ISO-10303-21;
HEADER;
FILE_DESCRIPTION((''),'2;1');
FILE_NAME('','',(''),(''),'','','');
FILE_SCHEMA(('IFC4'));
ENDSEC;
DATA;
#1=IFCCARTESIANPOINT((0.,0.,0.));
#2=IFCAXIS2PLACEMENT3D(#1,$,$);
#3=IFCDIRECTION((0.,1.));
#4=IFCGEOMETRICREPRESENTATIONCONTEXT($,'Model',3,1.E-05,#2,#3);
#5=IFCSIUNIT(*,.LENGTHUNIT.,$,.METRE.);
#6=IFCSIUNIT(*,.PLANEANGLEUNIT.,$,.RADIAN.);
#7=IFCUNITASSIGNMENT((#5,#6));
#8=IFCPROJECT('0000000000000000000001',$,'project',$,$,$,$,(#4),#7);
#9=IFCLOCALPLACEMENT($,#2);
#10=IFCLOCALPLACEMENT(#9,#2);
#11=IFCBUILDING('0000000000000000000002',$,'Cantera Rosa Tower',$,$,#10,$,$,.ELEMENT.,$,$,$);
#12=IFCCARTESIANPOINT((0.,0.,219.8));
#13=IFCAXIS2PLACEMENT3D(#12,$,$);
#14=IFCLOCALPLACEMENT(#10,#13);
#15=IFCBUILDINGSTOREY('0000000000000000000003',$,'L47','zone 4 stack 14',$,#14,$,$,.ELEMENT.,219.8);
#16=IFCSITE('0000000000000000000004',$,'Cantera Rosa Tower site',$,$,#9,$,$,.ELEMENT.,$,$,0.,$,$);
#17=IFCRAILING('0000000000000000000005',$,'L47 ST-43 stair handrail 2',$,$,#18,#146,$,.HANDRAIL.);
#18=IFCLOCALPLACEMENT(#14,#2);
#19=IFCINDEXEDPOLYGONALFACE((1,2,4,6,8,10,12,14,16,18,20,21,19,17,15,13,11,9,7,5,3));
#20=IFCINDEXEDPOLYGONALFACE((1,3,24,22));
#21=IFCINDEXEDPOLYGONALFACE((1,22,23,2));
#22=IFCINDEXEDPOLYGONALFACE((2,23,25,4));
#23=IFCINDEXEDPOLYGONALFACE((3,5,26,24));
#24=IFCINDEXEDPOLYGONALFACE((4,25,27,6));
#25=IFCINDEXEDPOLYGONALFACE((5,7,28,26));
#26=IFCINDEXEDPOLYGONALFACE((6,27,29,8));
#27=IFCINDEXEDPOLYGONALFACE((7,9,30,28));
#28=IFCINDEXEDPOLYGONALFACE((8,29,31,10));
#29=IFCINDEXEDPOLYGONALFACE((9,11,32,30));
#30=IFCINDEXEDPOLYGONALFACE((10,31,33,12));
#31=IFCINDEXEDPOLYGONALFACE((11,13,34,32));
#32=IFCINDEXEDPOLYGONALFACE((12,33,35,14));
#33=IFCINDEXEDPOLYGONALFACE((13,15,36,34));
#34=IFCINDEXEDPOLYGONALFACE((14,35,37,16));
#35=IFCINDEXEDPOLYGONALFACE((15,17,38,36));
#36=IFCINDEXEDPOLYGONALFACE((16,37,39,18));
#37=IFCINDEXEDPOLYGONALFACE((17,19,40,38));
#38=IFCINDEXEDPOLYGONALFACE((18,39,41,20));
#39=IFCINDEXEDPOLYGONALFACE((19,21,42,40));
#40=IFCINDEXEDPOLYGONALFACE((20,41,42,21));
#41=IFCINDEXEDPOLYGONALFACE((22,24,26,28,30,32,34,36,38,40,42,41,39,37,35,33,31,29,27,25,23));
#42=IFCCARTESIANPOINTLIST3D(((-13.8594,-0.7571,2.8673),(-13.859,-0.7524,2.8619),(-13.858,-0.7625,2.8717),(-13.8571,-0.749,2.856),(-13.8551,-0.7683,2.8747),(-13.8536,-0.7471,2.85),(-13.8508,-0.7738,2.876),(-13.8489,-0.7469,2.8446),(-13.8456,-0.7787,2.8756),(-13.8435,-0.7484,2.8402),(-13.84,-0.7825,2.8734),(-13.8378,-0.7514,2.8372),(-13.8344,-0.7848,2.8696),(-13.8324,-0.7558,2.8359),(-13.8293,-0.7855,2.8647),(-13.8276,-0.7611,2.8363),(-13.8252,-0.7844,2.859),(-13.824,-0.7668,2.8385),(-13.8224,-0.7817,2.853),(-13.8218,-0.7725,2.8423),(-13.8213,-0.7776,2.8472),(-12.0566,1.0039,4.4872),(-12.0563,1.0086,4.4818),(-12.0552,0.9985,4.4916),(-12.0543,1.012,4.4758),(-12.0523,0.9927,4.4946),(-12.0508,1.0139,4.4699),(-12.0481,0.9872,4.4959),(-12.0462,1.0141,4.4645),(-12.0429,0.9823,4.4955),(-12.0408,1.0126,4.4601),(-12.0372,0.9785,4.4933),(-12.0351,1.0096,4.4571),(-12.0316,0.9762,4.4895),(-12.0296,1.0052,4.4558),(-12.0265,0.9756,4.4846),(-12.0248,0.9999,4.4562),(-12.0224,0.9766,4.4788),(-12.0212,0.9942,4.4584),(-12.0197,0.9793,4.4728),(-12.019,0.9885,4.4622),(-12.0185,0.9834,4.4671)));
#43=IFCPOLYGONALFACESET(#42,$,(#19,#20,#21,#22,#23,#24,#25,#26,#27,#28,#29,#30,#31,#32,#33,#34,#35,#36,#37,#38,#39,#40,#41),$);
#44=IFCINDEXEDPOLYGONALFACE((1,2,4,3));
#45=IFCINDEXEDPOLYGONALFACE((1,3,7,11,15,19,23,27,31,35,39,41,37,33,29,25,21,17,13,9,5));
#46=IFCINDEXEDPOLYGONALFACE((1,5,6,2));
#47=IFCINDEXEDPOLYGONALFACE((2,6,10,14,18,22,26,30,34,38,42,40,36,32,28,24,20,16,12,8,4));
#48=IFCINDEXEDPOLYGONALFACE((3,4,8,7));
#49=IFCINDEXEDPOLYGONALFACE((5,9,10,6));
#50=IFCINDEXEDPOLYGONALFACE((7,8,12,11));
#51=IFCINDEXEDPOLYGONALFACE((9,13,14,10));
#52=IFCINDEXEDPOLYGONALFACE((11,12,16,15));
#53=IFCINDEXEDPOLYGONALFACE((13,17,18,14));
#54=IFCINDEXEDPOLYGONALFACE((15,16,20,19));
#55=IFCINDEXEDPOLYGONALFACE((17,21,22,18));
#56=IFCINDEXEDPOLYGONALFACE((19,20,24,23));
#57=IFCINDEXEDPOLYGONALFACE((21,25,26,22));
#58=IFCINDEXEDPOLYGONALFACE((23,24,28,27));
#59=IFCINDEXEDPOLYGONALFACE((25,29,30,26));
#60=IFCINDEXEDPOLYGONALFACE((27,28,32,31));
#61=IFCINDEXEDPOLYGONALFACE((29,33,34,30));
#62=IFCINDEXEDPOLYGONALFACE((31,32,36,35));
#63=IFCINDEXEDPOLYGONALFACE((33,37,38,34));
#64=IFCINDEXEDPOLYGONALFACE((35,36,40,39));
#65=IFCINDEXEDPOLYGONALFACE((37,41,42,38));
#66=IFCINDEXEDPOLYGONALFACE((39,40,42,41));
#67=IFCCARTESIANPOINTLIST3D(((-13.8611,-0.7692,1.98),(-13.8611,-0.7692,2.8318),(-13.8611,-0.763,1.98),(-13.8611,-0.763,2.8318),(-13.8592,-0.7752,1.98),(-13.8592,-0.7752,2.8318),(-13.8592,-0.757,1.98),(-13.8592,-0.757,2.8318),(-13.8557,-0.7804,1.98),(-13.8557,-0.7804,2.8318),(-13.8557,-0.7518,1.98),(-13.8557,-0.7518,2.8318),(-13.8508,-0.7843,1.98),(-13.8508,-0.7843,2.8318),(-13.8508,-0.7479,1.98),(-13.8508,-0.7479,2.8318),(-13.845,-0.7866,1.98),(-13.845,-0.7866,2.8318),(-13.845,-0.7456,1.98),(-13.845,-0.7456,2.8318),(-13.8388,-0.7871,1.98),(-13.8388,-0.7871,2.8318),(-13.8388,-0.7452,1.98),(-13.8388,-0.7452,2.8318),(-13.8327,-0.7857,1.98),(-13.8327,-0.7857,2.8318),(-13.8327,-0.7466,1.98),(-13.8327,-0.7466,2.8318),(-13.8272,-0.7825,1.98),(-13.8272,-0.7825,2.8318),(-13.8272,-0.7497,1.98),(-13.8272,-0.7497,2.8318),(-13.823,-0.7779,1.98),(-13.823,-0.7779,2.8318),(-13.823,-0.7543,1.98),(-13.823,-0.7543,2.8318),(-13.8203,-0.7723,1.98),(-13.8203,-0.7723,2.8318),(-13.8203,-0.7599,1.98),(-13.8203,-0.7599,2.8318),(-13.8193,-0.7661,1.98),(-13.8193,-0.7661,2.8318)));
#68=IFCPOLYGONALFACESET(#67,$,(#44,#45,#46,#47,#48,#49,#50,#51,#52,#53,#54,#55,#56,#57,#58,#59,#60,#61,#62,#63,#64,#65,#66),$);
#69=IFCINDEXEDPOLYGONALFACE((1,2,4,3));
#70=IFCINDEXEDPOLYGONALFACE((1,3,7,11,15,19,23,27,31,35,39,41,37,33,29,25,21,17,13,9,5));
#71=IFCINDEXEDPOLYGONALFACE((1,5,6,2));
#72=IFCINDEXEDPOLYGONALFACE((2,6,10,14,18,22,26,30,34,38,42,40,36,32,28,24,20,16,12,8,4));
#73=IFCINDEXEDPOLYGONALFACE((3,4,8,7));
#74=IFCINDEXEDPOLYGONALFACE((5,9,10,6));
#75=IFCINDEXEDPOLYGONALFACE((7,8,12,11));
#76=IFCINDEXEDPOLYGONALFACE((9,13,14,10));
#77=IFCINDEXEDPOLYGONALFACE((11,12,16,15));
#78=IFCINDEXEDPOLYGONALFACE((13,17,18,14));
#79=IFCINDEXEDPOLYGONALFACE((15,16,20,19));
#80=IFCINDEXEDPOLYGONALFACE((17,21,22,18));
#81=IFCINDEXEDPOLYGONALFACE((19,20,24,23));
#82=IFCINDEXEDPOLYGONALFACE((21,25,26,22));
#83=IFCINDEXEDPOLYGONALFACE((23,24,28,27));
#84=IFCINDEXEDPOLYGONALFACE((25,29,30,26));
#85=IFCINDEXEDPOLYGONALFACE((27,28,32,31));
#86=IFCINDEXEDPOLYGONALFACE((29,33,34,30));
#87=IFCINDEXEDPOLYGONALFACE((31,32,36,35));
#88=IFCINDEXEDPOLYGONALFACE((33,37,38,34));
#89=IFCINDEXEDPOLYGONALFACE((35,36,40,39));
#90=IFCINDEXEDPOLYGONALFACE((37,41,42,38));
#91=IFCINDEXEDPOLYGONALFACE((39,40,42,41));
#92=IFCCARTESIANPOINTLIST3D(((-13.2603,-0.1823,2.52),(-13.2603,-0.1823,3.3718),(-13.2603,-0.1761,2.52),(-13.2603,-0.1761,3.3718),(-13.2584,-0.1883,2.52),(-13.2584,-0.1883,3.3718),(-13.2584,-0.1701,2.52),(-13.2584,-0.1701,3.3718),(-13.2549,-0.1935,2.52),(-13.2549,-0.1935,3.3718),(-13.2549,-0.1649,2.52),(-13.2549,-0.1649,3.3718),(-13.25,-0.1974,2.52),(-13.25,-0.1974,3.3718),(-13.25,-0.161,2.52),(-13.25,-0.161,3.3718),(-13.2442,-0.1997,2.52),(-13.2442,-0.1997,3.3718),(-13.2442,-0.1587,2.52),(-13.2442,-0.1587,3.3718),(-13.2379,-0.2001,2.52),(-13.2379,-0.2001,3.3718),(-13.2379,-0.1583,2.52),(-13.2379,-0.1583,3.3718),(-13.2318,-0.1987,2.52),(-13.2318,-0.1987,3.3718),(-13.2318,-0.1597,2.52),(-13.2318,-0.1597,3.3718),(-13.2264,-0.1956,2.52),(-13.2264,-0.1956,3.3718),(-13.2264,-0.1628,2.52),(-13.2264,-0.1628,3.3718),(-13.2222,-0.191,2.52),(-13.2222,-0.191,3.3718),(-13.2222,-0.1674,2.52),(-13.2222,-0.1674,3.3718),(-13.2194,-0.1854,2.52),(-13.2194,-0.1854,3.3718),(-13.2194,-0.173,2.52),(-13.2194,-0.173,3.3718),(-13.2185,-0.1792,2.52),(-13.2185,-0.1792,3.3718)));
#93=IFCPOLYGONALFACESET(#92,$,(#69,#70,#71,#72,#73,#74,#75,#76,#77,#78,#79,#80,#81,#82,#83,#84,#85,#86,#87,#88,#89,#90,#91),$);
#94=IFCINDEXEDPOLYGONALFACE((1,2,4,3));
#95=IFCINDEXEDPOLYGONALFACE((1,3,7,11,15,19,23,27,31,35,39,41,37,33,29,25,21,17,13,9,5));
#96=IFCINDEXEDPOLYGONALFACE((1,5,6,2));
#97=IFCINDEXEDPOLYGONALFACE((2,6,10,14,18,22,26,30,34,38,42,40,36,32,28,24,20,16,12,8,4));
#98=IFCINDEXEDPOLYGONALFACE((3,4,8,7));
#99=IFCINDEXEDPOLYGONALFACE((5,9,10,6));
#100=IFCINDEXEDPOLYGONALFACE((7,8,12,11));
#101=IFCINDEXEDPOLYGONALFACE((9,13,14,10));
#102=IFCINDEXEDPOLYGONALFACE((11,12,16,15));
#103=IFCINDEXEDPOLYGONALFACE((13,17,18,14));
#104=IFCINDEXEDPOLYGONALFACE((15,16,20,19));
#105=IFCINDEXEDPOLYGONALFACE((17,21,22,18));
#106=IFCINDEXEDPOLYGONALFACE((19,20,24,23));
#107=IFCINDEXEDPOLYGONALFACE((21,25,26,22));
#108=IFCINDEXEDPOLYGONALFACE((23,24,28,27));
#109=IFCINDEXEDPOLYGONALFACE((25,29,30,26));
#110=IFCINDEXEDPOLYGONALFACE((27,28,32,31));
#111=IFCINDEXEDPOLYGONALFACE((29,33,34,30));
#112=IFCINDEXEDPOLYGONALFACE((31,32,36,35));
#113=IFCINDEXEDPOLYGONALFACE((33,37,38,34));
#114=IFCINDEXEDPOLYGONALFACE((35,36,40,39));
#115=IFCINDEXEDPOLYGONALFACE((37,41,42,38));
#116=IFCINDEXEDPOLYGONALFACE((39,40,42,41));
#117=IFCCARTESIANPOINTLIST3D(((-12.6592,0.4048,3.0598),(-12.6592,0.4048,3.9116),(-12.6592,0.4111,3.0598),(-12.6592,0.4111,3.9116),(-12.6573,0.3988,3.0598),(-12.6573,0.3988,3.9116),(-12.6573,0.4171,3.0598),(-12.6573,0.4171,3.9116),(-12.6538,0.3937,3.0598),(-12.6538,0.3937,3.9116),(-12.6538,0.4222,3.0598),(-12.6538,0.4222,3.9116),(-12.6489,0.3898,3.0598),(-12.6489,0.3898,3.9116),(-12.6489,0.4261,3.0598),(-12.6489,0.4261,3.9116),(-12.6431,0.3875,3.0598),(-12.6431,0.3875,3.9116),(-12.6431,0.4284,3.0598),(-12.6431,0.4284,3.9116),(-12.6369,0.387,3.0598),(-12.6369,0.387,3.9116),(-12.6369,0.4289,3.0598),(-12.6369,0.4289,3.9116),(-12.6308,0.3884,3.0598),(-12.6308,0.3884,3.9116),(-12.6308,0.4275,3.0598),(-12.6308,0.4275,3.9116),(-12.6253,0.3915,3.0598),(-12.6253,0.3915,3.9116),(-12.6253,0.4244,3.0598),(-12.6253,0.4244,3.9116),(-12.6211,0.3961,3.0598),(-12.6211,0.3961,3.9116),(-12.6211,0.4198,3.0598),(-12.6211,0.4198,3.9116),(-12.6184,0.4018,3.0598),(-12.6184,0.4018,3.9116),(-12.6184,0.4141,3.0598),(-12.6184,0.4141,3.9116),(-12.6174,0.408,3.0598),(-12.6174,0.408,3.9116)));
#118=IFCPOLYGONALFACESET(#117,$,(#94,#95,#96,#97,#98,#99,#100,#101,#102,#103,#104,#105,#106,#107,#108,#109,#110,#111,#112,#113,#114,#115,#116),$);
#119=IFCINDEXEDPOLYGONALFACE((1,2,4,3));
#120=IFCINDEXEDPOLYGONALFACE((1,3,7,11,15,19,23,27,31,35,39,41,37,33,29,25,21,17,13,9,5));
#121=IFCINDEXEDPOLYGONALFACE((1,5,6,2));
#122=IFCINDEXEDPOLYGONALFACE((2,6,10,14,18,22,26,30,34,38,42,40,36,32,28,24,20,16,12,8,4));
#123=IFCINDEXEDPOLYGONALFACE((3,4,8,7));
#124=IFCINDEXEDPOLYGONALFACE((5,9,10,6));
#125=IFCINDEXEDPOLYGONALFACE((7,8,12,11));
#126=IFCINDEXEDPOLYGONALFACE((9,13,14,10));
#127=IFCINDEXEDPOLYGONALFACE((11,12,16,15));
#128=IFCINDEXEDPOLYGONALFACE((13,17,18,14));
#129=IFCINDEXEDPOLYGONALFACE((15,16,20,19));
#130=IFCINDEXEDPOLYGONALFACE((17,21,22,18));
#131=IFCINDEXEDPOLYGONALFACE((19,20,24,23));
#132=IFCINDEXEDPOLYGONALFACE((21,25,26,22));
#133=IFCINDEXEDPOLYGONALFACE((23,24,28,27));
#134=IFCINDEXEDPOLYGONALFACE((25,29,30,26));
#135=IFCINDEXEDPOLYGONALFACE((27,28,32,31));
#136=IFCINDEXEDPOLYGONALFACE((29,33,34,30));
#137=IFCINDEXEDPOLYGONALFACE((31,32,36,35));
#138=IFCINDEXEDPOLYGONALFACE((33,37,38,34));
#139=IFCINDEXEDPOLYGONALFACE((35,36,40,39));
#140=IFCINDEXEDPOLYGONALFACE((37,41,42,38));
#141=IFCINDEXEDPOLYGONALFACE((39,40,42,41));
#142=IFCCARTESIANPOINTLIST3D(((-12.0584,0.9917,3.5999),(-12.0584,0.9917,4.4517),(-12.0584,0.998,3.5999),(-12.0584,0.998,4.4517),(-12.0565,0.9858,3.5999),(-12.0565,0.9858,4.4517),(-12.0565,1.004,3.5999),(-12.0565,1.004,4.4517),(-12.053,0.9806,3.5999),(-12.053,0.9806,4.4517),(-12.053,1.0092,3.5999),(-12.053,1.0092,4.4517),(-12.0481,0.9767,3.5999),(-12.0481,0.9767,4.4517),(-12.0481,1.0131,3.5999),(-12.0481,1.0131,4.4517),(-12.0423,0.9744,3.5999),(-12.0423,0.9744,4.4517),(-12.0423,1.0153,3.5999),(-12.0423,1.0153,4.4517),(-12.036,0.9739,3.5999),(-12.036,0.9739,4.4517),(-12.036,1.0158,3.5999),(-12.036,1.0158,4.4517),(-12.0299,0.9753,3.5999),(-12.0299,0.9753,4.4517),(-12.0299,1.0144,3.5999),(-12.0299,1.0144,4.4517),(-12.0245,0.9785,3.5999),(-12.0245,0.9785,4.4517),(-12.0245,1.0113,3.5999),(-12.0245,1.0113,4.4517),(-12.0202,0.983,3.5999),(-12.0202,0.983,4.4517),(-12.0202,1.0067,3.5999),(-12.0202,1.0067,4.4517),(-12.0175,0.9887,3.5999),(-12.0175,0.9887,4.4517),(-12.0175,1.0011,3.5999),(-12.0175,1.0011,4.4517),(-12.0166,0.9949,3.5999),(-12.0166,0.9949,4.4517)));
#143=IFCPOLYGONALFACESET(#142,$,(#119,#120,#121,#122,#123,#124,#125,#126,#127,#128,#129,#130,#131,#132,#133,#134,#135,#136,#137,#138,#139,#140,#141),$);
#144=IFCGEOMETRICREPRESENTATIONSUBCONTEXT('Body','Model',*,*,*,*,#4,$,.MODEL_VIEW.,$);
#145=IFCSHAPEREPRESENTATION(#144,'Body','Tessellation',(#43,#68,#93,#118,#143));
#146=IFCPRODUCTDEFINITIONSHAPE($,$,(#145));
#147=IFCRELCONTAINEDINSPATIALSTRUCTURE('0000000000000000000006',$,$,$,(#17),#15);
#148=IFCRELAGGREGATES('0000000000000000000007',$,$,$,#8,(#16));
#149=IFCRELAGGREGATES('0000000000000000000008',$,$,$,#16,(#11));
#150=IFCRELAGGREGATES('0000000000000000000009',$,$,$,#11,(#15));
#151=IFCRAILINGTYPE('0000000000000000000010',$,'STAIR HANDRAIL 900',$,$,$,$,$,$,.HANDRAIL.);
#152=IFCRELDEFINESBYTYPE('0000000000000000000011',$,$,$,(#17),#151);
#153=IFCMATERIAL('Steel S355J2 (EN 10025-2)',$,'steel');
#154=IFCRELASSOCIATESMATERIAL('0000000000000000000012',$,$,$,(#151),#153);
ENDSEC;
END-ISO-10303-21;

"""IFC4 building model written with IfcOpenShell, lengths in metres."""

from ifc_helpers import new_model, si_unit, direction, frame, origin, origin_2d, place, context, subcontext, project, spatial, circle, extrude, material, type_object, element, save


model = new_model("IFC4")

# Units and contexts
model_context = context("Model", 3, precision=1e-05, world=origin(), true_north=direction((0.0, 1.0)))
body_context = subcontext(model_context, "Body", "Model", "MODEL_VIEW")
ifc_project = project(units=[si_unit("LENGTHUNIT", "METRE"), si_unit("PLANEANGLEUNIT", "RADIAN")], contexts=[model_context])

# Site, building, storey
site_placement = place(None, origin())
site = spatial("IfcSite", under=ifc_project, at=site_placement, Name="Cantera Rosa Tower site", CompositionType="ELEMENT", RefElevation=0.0)
building_placement = place(site_placement, origin())
building = spatial("IfcBuilding", under=site, at=building_placement, Name="Cantera Rosa Tower", CompositionType="ELEMENT")
storey_placement = place(building_placement, frame((0.0, 0.0, 219.8)))
storey = spatial("IfcBuildingStorey", under=building, at=storey_placement, Name="L47", Description="zone 4 stack 14", CompositionType="ELEMENT", Elevation=219.8)

# Railing
ifc_material_1 = material(Name="Steel S355J2 (EN 10025-2)", Category="steel")
railing_type_1 = type_object("IfcRailingType", Name="STAIR HANDRAIL 900", PredefinedType="HANDRAIL", material=ifc_material_1)
railing_1_placement = place(storey_placement, frame((-13.8403, -0.7661, 1.98)))
element("IfcRailing", 1, at=railing_1_placement, inside=storey, type_object=railing_type_1, Name="L47 ST-43 stair handrail 2", PredefinedType="HANDRAIL", context=body_context, shape_type="SweptSolid", body=[
    extrude(circle(Radius=0.0239, at=origin_2d()), frame((0.0, 0.0, 0.876), z_axis=(0.601751, 0.587815, 0.540712), x_axis=(-0.698775, 0.715341, 0.0)), (0.0, 0.0, 1.0), 2.9958),
    extrude(circle(Radius=0.021, at=origin_2d()), origin(), (0.0, 0.0, 1.0), 0.8518),
    extrude(circle(Radius=0.021, at=origin_2d()), frame((0.6008, 0.5869, 0.54)), (0.0, 0.0, 1.0), 0.8518),
    extrude(circle(Radius=0.021, at=origin_2d()), frame((1.2019, 1.1741, 1.0798)), (0.0, 0.0, 1.0), 0.8518),
    extrude(circle(Radius=0.021, at=origin_2d()), frame((1.8027, 1.761, 1.6199)), (0.0, 0.0, 1.0), 0.8518),
])

save(model, "model.ifc")
